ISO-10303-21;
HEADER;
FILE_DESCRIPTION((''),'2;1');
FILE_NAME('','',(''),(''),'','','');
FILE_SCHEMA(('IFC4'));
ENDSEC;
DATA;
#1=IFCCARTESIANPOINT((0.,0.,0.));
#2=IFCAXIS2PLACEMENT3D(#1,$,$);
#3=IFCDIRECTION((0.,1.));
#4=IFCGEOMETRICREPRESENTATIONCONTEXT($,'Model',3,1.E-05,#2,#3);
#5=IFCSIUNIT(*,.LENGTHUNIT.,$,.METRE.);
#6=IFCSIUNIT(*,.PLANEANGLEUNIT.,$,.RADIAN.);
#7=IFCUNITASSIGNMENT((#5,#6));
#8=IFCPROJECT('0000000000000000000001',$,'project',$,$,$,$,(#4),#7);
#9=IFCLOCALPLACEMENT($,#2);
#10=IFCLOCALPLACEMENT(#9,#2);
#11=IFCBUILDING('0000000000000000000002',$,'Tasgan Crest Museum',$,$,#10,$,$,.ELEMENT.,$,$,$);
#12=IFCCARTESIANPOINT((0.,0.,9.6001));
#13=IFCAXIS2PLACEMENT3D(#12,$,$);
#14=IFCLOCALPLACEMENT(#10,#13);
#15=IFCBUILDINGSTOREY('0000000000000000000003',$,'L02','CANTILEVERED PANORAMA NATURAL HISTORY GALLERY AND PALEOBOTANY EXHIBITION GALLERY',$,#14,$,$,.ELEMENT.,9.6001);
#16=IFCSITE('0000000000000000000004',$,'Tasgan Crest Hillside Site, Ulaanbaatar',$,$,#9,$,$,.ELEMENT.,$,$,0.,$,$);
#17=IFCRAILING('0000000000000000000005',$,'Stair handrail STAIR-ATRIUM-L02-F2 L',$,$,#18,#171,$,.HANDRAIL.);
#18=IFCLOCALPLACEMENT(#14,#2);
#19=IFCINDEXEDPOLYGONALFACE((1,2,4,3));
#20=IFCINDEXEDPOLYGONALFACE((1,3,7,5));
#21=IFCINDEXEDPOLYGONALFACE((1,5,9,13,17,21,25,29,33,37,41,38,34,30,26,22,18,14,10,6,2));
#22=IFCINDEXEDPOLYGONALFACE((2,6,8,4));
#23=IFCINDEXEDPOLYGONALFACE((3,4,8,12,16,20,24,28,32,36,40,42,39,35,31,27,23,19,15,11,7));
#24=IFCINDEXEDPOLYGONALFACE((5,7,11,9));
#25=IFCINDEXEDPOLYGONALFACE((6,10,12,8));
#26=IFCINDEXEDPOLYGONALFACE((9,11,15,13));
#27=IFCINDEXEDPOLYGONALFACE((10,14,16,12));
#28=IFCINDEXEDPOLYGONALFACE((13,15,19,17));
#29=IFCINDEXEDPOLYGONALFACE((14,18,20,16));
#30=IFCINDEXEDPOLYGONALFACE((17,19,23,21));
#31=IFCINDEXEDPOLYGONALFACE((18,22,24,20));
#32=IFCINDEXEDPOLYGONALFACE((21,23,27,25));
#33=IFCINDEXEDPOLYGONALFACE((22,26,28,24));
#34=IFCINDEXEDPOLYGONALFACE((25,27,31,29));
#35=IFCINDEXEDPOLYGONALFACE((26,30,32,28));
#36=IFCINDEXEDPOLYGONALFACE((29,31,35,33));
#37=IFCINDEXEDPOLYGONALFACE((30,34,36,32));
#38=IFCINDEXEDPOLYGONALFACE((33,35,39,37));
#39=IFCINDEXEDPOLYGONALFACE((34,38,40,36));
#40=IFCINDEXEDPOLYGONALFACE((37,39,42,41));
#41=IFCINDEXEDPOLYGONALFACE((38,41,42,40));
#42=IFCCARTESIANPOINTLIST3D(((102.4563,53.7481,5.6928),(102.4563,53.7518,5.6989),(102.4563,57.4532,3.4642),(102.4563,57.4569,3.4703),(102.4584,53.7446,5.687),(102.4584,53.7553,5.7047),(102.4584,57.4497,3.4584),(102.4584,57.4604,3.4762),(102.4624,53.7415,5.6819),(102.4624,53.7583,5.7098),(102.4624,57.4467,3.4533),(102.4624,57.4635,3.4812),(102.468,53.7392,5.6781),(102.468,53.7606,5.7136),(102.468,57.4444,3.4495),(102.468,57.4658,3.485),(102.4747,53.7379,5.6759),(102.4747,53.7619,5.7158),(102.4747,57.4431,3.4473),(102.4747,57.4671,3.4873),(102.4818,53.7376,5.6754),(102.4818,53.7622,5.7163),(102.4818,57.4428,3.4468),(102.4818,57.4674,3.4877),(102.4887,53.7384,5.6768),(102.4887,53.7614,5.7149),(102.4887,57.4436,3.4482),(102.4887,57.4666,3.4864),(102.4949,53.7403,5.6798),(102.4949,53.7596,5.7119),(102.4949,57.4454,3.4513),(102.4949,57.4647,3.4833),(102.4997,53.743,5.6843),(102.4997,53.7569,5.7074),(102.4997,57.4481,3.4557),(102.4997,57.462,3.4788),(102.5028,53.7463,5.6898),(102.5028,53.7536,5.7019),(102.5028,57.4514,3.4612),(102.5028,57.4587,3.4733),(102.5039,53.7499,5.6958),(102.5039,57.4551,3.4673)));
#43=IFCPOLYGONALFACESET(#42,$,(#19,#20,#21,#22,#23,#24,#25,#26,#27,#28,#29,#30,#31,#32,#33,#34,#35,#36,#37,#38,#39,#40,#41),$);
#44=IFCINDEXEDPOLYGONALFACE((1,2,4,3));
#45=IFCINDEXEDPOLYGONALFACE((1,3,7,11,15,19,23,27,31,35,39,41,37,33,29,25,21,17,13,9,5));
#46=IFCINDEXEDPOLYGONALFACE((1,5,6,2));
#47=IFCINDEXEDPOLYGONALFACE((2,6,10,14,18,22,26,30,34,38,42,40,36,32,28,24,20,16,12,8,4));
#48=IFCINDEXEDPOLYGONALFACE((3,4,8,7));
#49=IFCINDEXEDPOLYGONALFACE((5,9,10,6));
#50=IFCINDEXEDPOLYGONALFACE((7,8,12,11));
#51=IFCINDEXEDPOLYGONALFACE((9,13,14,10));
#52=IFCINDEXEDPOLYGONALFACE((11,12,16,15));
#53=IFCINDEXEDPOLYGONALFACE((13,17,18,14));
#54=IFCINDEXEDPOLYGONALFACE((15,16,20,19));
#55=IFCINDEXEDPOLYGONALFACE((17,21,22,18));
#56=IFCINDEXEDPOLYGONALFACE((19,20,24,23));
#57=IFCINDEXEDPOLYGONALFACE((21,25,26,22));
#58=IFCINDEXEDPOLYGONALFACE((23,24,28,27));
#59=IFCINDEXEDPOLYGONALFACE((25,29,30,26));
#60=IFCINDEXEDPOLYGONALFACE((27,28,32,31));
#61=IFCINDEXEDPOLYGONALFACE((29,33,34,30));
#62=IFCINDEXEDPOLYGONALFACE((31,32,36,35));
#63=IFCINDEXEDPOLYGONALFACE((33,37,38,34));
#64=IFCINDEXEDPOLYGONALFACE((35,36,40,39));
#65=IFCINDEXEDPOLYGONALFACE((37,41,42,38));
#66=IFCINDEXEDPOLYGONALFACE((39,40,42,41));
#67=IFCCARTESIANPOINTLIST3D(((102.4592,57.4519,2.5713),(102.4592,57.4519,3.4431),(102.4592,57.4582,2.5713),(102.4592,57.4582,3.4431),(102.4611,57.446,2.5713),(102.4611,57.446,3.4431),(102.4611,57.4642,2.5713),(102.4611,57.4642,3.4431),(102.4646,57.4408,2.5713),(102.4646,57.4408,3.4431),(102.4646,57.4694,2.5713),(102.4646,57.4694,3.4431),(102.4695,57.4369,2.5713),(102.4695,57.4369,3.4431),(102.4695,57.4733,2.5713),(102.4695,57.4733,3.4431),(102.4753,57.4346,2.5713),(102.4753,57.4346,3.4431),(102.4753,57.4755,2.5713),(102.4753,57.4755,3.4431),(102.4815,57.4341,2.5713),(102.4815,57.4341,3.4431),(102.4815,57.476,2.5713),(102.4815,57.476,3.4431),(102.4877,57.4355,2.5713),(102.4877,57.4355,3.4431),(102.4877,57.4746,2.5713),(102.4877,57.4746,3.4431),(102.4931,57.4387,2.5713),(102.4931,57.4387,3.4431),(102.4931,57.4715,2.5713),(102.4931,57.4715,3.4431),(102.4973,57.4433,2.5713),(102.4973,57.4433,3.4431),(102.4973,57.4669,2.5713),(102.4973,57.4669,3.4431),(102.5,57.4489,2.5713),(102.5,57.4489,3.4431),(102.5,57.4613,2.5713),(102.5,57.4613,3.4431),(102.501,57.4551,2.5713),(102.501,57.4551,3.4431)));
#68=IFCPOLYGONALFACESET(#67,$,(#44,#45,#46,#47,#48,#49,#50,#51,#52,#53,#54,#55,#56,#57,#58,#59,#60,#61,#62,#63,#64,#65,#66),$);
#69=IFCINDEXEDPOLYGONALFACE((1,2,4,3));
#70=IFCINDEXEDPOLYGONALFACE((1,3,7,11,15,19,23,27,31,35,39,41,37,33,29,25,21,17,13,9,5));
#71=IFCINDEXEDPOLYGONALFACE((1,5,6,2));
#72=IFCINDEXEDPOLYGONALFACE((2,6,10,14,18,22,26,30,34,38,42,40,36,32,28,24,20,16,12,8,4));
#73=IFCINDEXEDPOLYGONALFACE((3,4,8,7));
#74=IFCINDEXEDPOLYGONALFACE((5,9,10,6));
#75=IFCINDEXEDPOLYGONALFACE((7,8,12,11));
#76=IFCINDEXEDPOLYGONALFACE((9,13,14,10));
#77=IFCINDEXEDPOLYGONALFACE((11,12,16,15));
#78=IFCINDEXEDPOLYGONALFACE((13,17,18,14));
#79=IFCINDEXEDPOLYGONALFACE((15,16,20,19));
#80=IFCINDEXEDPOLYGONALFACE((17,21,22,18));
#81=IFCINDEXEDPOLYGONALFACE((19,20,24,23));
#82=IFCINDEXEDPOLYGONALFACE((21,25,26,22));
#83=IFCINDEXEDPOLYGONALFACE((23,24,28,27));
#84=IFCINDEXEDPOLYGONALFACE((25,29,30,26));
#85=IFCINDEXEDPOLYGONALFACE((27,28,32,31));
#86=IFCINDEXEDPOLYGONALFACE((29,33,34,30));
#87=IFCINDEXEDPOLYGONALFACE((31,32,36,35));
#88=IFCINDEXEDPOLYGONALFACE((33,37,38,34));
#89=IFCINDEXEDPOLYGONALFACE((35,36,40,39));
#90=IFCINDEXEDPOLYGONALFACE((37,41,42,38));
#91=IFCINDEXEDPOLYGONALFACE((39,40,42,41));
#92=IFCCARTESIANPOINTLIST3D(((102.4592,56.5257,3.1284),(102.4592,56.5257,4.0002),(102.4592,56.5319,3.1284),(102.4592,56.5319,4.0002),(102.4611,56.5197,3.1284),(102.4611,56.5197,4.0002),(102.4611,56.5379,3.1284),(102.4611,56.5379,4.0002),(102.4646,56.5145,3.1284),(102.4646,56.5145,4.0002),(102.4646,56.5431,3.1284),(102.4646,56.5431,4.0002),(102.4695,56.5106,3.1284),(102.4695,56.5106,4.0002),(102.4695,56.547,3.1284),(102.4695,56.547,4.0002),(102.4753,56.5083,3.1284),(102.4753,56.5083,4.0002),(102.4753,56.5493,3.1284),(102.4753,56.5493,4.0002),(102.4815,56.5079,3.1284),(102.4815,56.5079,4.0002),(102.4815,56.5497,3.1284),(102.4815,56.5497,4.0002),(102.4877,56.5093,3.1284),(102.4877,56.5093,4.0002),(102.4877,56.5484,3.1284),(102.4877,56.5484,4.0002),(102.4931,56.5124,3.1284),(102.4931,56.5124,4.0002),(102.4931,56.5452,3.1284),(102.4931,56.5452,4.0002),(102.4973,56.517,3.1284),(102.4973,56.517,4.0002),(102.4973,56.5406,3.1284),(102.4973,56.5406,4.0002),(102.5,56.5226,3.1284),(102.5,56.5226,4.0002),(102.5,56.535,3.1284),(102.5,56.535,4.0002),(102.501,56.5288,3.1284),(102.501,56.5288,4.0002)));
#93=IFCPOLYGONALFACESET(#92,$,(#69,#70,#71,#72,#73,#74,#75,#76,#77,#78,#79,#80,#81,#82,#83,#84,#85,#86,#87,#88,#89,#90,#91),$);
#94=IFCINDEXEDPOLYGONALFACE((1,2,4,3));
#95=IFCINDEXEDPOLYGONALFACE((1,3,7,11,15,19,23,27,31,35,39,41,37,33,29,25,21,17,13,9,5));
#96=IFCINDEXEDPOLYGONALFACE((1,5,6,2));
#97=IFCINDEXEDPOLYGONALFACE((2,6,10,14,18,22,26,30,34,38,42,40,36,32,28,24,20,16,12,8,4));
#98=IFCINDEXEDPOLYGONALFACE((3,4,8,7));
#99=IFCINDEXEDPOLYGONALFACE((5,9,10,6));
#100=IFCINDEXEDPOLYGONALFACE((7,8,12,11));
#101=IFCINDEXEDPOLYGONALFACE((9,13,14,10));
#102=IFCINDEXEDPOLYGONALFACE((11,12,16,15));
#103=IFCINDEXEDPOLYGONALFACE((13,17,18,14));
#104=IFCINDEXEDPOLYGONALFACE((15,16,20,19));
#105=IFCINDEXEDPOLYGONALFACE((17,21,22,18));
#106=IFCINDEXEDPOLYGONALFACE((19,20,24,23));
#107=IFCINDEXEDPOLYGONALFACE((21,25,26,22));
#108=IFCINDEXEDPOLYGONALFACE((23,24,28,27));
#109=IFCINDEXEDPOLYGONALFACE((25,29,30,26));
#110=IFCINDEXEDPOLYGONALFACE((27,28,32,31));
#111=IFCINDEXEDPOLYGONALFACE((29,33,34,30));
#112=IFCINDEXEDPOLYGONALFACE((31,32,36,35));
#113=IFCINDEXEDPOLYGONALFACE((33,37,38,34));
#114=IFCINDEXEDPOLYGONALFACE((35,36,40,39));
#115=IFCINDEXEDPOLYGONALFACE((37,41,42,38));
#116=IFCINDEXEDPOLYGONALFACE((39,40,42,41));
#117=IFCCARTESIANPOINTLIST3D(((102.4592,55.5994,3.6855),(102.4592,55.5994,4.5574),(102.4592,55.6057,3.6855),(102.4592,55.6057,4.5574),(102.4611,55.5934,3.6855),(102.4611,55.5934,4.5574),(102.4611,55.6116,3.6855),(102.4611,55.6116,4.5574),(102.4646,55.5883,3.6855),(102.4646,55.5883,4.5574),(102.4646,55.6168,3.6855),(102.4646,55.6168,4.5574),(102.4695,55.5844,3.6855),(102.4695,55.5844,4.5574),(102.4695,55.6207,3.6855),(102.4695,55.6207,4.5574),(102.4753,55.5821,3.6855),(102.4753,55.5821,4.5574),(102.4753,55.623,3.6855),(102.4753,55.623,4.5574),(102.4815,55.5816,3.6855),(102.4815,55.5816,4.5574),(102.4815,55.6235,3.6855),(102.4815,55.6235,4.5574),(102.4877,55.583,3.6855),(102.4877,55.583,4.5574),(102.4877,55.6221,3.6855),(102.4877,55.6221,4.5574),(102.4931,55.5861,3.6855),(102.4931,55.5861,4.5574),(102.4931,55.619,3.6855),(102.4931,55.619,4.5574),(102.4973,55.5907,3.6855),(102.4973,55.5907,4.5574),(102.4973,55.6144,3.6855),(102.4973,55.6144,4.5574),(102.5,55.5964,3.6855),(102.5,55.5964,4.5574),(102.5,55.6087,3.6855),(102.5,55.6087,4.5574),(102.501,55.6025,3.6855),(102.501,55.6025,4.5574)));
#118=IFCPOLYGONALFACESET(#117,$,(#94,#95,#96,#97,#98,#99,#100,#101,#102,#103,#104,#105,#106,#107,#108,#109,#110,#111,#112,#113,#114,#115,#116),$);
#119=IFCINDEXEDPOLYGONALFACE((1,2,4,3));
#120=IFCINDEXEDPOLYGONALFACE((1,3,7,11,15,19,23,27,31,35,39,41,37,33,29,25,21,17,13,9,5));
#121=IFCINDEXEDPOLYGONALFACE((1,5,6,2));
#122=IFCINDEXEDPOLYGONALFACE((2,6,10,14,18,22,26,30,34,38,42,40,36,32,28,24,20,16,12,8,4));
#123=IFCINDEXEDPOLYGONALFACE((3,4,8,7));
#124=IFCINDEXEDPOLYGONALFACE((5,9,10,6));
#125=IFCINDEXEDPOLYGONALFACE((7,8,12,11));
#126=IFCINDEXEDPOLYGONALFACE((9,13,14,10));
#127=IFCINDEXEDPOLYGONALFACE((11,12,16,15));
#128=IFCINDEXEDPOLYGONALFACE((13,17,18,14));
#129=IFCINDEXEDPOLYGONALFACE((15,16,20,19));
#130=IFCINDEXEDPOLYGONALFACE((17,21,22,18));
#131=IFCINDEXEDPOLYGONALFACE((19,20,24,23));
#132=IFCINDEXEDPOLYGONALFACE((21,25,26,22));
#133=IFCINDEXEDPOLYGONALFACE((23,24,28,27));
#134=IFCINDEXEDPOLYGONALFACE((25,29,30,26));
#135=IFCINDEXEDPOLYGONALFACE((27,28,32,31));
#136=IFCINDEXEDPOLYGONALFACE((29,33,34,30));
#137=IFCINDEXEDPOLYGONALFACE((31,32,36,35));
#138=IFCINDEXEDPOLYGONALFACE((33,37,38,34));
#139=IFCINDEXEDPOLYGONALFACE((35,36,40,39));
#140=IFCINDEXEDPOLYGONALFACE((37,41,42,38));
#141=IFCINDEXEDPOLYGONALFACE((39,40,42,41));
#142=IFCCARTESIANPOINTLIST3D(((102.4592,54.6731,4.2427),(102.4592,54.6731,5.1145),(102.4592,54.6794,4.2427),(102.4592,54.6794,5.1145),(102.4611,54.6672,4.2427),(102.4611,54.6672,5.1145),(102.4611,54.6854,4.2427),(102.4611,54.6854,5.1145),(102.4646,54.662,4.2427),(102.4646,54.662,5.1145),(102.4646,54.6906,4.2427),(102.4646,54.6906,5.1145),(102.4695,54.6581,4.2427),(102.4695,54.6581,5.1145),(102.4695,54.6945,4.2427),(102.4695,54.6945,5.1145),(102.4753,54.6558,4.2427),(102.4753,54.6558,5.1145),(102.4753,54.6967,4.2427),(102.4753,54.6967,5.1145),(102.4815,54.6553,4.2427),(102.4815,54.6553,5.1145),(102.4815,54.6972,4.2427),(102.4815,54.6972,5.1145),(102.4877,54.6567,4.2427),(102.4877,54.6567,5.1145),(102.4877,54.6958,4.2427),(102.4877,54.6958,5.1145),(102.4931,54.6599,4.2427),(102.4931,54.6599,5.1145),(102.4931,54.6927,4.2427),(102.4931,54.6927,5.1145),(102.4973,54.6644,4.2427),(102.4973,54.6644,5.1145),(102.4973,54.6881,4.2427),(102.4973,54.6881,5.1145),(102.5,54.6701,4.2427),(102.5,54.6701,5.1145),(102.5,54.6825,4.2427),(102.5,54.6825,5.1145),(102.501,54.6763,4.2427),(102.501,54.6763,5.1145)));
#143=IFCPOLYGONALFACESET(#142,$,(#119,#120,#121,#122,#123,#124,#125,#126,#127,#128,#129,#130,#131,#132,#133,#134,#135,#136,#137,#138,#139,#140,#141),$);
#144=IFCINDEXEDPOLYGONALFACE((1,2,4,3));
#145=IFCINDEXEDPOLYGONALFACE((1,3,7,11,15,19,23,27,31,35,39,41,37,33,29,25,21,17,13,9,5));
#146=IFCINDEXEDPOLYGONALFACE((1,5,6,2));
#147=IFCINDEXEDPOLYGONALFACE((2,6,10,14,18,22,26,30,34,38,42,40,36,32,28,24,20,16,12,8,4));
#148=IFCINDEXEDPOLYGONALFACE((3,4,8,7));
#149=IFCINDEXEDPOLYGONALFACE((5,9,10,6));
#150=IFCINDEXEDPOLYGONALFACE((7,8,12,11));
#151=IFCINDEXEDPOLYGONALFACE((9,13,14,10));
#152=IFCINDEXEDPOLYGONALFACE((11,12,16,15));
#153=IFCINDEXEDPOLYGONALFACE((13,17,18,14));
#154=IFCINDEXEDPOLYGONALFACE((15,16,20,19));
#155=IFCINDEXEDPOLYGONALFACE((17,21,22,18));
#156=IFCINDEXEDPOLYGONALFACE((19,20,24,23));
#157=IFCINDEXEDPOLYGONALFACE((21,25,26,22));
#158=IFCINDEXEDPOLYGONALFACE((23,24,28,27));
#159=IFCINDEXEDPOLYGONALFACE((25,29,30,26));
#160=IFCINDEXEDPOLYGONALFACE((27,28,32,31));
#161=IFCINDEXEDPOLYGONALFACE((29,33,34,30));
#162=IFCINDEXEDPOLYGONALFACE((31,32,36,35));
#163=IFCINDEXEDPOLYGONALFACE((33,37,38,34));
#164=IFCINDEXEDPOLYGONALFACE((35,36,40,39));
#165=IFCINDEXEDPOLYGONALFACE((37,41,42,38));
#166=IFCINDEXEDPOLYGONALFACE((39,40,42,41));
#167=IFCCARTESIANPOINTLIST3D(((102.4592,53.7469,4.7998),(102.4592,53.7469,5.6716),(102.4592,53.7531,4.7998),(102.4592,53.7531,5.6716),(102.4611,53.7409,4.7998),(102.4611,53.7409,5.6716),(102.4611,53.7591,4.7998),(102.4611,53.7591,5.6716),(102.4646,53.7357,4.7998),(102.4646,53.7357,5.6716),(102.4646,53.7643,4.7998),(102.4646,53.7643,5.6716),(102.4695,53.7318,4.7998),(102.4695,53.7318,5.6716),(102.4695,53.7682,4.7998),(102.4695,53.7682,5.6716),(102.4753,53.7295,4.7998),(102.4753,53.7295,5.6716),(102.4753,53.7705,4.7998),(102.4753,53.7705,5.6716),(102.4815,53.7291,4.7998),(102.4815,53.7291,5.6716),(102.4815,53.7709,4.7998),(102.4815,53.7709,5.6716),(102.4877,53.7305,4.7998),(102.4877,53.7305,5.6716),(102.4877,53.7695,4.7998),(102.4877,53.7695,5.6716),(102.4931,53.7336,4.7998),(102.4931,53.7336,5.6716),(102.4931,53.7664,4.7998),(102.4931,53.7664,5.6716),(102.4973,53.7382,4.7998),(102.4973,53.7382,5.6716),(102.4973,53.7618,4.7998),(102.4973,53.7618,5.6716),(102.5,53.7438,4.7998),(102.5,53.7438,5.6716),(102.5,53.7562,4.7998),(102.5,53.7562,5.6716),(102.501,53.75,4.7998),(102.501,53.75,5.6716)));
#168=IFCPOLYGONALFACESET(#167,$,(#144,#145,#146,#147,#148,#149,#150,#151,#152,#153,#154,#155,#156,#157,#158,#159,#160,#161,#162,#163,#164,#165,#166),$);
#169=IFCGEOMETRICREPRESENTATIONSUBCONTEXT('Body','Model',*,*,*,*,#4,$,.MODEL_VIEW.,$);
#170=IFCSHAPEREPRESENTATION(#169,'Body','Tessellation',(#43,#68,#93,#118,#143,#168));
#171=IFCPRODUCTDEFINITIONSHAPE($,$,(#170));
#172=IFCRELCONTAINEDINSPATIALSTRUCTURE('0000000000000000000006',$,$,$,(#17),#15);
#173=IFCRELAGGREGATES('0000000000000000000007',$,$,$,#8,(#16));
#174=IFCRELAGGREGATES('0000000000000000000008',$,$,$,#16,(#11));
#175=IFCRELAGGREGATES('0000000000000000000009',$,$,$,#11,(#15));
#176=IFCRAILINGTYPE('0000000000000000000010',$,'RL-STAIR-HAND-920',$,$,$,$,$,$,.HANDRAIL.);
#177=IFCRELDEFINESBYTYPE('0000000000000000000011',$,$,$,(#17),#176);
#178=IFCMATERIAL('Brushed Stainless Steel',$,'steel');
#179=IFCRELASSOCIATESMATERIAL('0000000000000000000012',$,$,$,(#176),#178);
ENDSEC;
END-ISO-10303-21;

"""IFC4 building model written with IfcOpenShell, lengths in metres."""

from ifc_helpers import new_model, si_unit, direction, frame, origin, origin_2d, place, context, subcontext, project, spatial, circle, extrude, material, type_object, element, save


model = new_model("IFC4")

# Units and contexts
model_context = context("Model", 3, precision=1e-05, world=origin(), true_north=direction((0.0, 1.0)))
body_context = subcontext(model_context, "Body", "Model", "MODEL_VIEW")
ifc_project = project(units=[si_unit("LENGTHUNIT", "METRE"), si_unit("PLANEANGLEUNIT", "RADIAN")], contexts=[model_context])

# Site, building, storey
site_placement = place(None, origin())
site = spatial("IfcSite", under=ifc_project, at=site_placement, Name="Tasgan Crest Hillside Site, Ulaanbaatar", CompositionType="ELEMENT", RefElevation=0.0)
building_placement = place(site_placement, origin())
building = spatial("IfcBuilding", under=site, at=building_placement, Name="Tasgan Crest Museum", CompositionType="ELEMENT")
storey_placement = place(building_placement, frame((0.0, 0.0, 9.6001)))
storey = spatial("IfcBuildingStorey", under=building, at=storey_placement, Name="L02", Description="CANTILEVERED PANORAMA NATURAL HISTORY GALLERY AND PALEOBOTANY EXHIBITION GALLERY", CompositionType="ELEMENT", Elevation=9.6001)

# Railing
ifc_material_1 = material(Name="Brushed Stainless Steel", Category="steel")
railing_type_1 = type_object("IfcRailingType", Name="RL-STAIR-HAND-920", PredefinedType="HANDRAIL", material=ifc_material_1)
for number, where, name in (
    (1, (102.48, 57.4551, 2.5713), "Stair handrail STAIR-ATRIUM-L02-F2 L"),
):
    element("IfcRailing", number, at=place(storey_placement, frame(where)), inside=storey, type_object=railing_type_1, Name=name, PredefinedType="HANDRAIL", context=body_context, shape_type="SweptSolid", body=[
        extrude(circle(Radius=0.0239, at=origin_2d()), frame((0.0, 0.0, 0.896), z_axis=(0.0, -0.856934, 0.515425), x_axis=(1.0, 0.0, 0.0)), (0.0, 0.0, 1.0), 4.3237),
        extrude(circle(Radius=0.021, at=origin_2d()), origin(), (0.0, 0.0, 1.0), 0.8718),
        extrude(circle(Radius=0.021, at=origin_2d()), frame((0.0, -0.9263, 0.5571)), (0.0, 0.0, 1.0), 0.8718),
        extrude(circle(Radius=0.021, at=origin_2d()), frame((0.0, -1.8525, 1.1143)), (0.0, 0.0, 1.0), 0.8718),
        extrude(circle(Radius=0.021, at=origin_2d()), frame((0.0, -2.7788, 1.6714)), (0.0, 0.0, 1.0), 0.8718),
        extrude(circle(Radius=0.021, at=origin_2d()), frame((0.0, -3.7051, 2.2285)), (0.0, 0.0, 1.0), 0.8718),
    ])

save(model, "model.ifc")
